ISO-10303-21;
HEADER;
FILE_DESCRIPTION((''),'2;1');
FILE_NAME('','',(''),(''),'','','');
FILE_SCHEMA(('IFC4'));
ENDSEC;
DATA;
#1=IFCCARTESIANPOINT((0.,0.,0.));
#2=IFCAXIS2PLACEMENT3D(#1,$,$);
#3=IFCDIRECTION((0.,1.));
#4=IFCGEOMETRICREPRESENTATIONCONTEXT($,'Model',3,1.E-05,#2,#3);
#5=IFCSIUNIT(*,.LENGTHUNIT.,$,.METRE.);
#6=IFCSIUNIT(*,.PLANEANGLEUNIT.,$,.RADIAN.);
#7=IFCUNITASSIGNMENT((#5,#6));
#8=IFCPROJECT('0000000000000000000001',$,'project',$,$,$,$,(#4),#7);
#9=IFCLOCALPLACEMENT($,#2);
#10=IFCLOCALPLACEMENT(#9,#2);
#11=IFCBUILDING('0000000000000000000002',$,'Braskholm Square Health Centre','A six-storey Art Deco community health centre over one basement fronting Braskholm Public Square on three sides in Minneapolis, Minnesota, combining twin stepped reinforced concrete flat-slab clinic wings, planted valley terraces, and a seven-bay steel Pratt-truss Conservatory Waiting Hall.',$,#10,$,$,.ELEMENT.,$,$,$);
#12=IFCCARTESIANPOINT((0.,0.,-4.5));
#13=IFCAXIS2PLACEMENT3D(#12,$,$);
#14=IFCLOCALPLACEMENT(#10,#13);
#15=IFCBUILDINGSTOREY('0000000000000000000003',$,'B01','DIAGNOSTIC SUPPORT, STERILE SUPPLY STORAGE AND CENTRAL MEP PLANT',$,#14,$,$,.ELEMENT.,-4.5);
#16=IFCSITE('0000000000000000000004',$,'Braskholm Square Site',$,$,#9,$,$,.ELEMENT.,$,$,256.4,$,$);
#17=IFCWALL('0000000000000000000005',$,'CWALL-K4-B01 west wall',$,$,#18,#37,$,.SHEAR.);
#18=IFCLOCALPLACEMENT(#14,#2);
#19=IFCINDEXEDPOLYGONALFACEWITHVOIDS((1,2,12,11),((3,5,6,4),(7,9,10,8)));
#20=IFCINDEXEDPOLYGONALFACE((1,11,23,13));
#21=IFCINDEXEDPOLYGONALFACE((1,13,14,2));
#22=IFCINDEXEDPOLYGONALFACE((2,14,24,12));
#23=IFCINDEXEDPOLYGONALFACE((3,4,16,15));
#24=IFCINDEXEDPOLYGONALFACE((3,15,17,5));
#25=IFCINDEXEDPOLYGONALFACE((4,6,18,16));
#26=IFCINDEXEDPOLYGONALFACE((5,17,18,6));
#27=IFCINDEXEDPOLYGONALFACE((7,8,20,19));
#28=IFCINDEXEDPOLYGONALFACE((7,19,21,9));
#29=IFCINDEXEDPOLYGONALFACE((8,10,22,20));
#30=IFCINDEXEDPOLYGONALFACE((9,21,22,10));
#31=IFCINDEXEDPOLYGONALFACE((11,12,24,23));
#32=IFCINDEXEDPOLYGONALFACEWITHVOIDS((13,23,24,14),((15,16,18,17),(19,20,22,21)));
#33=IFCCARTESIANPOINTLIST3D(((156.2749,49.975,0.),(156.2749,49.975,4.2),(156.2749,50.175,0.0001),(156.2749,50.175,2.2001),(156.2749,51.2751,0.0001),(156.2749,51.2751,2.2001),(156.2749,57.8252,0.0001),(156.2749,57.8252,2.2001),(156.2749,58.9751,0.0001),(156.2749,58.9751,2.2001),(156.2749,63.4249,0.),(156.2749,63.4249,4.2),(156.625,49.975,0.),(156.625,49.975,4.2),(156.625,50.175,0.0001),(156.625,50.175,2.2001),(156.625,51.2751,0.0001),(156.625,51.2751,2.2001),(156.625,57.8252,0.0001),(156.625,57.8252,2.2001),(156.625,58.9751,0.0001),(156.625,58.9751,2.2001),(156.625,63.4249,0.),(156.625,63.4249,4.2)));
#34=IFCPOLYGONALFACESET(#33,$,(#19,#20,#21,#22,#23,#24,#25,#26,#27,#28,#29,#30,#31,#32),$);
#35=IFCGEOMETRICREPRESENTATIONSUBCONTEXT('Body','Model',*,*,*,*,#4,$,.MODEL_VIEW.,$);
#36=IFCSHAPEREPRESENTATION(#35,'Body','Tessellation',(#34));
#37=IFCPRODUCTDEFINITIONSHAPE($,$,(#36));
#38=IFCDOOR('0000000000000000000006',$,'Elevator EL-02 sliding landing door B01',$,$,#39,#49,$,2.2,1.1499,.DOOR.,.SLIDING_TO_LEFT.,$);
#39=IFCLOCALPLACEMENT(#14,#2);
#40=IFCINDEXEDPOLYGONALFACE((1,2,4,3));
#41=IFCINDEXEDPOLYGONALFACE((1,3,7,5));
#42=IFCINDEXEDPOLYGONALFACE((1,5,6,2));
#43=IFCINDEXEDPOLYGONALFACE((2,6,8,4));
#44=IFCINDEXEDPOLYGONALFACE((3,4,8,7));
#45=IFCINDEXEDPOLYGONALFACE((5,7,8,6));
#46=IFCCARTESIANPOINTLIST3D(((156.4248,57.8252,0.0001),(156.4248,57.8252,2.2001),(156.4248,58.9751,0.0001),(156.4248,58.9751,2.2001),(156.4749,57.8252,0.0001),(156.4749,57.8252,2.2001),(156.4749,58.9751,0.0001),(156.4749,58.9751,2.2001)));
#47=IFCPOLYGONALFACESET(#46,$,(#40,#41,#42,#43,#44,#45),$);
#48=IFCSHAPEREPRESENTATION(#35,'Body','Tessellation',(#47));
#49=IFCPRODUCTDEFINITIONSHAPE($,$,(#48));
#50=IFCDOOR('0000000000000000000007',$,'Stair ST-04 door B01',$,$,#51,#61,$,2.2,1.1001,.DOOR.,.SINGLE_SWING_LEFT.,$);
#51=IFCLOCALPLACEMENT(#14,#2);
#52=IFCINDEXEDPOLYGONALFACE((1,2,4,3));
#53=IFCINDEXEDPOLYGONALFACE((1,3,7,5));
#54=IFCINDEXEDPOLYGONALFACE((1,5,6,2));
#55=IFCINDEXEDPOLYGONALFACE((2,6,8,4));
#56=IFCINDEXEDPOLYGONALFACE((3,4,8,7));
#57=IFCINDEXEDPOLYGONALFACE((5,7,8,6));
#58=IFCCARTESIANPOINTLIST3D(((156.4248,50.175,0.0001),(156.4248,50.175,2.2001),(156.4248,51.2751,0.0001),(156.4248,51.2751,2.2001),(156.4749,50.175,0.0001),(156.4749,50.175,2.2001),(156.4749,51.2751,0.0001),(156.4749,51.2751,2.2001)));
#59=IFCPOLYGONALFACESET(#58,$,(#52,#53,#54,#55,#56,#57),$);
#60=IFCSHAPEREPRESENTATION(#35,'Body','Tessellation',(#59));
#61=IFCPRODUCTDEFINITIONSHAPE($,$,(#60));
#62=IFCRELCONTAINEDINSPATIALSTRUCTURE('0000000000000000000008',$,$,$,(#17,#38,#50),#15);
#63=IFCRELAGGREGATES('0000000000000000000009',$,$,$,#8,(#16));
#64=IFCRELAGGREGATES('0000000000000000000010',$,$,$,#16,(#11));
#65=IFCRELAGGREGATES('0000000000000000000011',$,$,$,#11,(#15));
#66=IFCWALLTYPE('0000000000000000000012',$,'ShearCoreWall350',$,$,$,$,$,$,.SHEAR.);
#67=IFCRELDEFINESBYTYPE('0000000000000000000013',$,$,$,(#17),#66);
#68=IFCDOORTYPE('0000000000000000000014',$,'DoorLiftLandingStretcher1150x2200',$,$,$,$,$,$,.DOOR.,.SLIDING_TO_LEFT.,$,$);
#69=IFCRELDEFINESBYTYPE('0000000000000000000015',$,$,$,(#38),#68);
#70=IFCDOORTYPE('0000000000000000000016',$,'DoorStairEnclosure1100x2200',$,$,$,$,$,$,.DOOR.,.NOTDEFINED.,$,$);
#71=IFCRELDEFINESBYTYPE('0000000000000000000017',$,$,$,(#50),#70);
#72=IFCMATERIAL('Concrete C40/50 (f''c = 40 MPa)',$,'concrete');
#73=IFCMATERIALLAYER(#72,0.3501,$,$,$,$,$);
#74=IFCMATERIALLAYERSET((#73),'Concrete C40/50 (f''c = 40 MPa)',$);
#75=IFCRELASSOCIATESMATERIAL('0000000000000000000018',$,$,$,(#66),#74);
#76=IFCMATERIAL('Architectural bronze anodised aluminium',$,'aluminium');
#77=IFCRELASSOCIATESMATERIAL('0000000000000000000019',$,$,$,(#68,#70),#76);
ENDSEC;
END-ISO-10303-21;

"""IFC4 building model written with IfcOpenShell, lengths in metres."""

from ifc_helpers import new_model, si_unit, direction, frame, frame_2d, origin, origin_with_axes, place, context, subcontext, project, spatial, rectangle, extrude, material, layer, layer_set, type_object, element, fill, save


model = new_model("IFC4")

# Units and contexts
model_context = context("Model", 3, precision=1e-05, world=origin(), true_north=direction((0.0, 1.0)))
body_context = subcontext(model_context, "Body", "Model", "MODEL_VIEW")
ifc_project = project(units=[si_unit("LENGTHUNIT", "METRE"), si_unit("PLANEANGLEUNIT", "RADIAN")], contexts=[model_context])

# Site, building, storey
site_placement = place(None, origin())
site = spatial("IfcSite", under=ifc_project, at=site_placement, Name="Braskholm Square Site", CompositionType="ELEMENT", RefElevation=256.4)
building_placement = place(site_placement, origin())
building = spatial("IfcBuilding", under=site, at=building_placement, Name="Braskholm Square Health Centre", Description="A six-storey Art Deco community health centre over one basement fronting Braskholm Public Square on three sides in Minneapolis, Minnesota, combining twin stepped reinforced concrete flat-slab clinic wings, planted valley terraces, and a seven-bay steel Pratt-truss Conservatory Waiting Hall.", CompositionType="ELEMENT")
storey_placement = place(building_placement, frame((0.0, 0.0, -4.5)))
storey = spatial("IfcBuildingStorey", under=building, at=storey_placement, Name="B01", Description="DIAGNOSTIC SUPPORT, STERILE SUPPLY STORAGE AND CENTRAL MEP PLANT", CompositionType="ELEMENT", Elevation=-4.5)

# Shared definitions
ifc_material_1 = material(Name="Concrete C40/50 (f'c = 40 MPa)", Category="concrete")

# Shared definitions
ifc_layer_1 = layer(ifc_material_1, 0.3501)
ifc_layer_set_1 = layer_set([ifc_layer_1], Name="Concrete C40/50 (f'c = 40 MPa)")
wall_type_1 = type_object("IfcWallType", Name="ShearCoreWall350", PredefinedType="SHEAR", material=ifc_layer_set_1)

# Wall, openings, doors
wall_1_placement = place(storey_placement, frame((156.45, 63.425, 0.0), z_axis=(0.0, 0.0, 1.0), x_axis=(0.0, -1.0, 0.0)))
wall_1 = element("IfcWall", 1, at=wall_1_placement, inside=storey, type_object=wall_type_1, Name="CWALL-K4-B01 west wall", PredefinedType="SHEAR", context=body_context, shape_type="SweptSolid", body=[
    extrude(rectangle(XDim=13.45, YDim=0.3501, at=frame_2d((6.7251, 0.0))), origin(), (0.0, 0.0, 1.0), 4.2),
])
opening_1_placement = place(wall_1_placement, frame((12.1499, 0.0, 0.0)))
opening_1 = element("IfcOpeningElement", 2, at=opening_1_placement, cuts=wall_1, PredefinedType="OPENING", context=body_context, shape_type="SweptSolid", body=[
    extrude(rectangle(XDim=1.1001, YDim=2.2, at=frame_2d((0.55, 1.1001))), frame((0.0, 0.1851, 0.0), z_axis=(0.0, -1.0, 0.0), x_axis=(1.0, 0.0, 0.0)), (0.0, 0.0, 1.0), 0.3701),
])
opening_2_placement = place(wall_1_placement, frame((4.45, 0.0, 0.0)))
opening_2 = element("IfcOpeningElement", 3, at=opening_2_placement, cuts=wall_1, PredefinedType="OPENING", context=body_context, shape_type="SweptSolid", body=[
    extrude(rectangle(XDim=1.1499, YDim=2.2, at=frame_2d((0.575, 1.1001))), frame((0.0, 0.1851, 0.0), z_axis=(0.0, -1.0, 0.0), x_axis=(1.0, 0.0, 0.0)), (0.0, 0.0, 1.0), 0.3701),
])
ifc_material_2 = material(Name="Architectural bronze anodised aluminium", Category="aluminium")
door_type_1 = type_object("IfcDoorType", Name="DoorLiftLandingStretcher1150x2200", OperationType="SLIDING_TO_LEFT", PredefinedType="DOOR", material=ifc_material_2)
door_1_placement = place(opening_2_placement, origin_with_axes())
door_1 = element("IfcDoor", 4, at=door_1_placement, inside=storey, type_object=door_type_1, Name="Elevator EL-02 sliding landing door B01", OperationType="SLIDING_TO_LEFT", OverallHeight=2.2, OverallWidth=1.1499, PredefinedType="DOOR", context=body_context, shape_type="SweptSolid", body=[
    extrude(rectangle(XDim=1.1499, YDim=2.2, at=frame_2d((0.575, 1.1001))), frame((0.0, 0.0249, 0.0), z_axis=(0.0, -1.0, 0.0), x_axis=(1.0, 0.0, 0.0)), (0.0, 0.0, 1.0), 0.05),
])
fill(opening_2, door_1)
door_type_2 = type_object("IfcDoorType", Name="DoorStairEnclosure1100x2200", OperationType="NOTDEFINED", PredefinedType="DOOR", material=ifc_material_2)
door_2_placement = place(opening_1_placement, origin_with_axes())
door_2 = element("IfcDoor", 5, at=door_2_placement, inside=storey, type_object=door_type_2, Name="Stair ST-04 door B01", OperationType="SINGLE_SWING_LEFT", OverallHeight=2.2, OverallWidth=1.1001, PredefinedType="DOOR", context=body_context, shape_type="SweptSolid", body=[
    extrude(rectangle(XDim=1.1001, YDim=2.2, at=frame_2d((0.55, 1.1001))), frame((0.0, 0.0249, 0.0), z_axis=(0.0, -1.0, 0.0), x_axis=(1.0, 0.0, 0.0)), (0.0, 0.0, 1.0), 0.05),
])
fill(opening_1, door_2)

save(model, "model.ifc")
